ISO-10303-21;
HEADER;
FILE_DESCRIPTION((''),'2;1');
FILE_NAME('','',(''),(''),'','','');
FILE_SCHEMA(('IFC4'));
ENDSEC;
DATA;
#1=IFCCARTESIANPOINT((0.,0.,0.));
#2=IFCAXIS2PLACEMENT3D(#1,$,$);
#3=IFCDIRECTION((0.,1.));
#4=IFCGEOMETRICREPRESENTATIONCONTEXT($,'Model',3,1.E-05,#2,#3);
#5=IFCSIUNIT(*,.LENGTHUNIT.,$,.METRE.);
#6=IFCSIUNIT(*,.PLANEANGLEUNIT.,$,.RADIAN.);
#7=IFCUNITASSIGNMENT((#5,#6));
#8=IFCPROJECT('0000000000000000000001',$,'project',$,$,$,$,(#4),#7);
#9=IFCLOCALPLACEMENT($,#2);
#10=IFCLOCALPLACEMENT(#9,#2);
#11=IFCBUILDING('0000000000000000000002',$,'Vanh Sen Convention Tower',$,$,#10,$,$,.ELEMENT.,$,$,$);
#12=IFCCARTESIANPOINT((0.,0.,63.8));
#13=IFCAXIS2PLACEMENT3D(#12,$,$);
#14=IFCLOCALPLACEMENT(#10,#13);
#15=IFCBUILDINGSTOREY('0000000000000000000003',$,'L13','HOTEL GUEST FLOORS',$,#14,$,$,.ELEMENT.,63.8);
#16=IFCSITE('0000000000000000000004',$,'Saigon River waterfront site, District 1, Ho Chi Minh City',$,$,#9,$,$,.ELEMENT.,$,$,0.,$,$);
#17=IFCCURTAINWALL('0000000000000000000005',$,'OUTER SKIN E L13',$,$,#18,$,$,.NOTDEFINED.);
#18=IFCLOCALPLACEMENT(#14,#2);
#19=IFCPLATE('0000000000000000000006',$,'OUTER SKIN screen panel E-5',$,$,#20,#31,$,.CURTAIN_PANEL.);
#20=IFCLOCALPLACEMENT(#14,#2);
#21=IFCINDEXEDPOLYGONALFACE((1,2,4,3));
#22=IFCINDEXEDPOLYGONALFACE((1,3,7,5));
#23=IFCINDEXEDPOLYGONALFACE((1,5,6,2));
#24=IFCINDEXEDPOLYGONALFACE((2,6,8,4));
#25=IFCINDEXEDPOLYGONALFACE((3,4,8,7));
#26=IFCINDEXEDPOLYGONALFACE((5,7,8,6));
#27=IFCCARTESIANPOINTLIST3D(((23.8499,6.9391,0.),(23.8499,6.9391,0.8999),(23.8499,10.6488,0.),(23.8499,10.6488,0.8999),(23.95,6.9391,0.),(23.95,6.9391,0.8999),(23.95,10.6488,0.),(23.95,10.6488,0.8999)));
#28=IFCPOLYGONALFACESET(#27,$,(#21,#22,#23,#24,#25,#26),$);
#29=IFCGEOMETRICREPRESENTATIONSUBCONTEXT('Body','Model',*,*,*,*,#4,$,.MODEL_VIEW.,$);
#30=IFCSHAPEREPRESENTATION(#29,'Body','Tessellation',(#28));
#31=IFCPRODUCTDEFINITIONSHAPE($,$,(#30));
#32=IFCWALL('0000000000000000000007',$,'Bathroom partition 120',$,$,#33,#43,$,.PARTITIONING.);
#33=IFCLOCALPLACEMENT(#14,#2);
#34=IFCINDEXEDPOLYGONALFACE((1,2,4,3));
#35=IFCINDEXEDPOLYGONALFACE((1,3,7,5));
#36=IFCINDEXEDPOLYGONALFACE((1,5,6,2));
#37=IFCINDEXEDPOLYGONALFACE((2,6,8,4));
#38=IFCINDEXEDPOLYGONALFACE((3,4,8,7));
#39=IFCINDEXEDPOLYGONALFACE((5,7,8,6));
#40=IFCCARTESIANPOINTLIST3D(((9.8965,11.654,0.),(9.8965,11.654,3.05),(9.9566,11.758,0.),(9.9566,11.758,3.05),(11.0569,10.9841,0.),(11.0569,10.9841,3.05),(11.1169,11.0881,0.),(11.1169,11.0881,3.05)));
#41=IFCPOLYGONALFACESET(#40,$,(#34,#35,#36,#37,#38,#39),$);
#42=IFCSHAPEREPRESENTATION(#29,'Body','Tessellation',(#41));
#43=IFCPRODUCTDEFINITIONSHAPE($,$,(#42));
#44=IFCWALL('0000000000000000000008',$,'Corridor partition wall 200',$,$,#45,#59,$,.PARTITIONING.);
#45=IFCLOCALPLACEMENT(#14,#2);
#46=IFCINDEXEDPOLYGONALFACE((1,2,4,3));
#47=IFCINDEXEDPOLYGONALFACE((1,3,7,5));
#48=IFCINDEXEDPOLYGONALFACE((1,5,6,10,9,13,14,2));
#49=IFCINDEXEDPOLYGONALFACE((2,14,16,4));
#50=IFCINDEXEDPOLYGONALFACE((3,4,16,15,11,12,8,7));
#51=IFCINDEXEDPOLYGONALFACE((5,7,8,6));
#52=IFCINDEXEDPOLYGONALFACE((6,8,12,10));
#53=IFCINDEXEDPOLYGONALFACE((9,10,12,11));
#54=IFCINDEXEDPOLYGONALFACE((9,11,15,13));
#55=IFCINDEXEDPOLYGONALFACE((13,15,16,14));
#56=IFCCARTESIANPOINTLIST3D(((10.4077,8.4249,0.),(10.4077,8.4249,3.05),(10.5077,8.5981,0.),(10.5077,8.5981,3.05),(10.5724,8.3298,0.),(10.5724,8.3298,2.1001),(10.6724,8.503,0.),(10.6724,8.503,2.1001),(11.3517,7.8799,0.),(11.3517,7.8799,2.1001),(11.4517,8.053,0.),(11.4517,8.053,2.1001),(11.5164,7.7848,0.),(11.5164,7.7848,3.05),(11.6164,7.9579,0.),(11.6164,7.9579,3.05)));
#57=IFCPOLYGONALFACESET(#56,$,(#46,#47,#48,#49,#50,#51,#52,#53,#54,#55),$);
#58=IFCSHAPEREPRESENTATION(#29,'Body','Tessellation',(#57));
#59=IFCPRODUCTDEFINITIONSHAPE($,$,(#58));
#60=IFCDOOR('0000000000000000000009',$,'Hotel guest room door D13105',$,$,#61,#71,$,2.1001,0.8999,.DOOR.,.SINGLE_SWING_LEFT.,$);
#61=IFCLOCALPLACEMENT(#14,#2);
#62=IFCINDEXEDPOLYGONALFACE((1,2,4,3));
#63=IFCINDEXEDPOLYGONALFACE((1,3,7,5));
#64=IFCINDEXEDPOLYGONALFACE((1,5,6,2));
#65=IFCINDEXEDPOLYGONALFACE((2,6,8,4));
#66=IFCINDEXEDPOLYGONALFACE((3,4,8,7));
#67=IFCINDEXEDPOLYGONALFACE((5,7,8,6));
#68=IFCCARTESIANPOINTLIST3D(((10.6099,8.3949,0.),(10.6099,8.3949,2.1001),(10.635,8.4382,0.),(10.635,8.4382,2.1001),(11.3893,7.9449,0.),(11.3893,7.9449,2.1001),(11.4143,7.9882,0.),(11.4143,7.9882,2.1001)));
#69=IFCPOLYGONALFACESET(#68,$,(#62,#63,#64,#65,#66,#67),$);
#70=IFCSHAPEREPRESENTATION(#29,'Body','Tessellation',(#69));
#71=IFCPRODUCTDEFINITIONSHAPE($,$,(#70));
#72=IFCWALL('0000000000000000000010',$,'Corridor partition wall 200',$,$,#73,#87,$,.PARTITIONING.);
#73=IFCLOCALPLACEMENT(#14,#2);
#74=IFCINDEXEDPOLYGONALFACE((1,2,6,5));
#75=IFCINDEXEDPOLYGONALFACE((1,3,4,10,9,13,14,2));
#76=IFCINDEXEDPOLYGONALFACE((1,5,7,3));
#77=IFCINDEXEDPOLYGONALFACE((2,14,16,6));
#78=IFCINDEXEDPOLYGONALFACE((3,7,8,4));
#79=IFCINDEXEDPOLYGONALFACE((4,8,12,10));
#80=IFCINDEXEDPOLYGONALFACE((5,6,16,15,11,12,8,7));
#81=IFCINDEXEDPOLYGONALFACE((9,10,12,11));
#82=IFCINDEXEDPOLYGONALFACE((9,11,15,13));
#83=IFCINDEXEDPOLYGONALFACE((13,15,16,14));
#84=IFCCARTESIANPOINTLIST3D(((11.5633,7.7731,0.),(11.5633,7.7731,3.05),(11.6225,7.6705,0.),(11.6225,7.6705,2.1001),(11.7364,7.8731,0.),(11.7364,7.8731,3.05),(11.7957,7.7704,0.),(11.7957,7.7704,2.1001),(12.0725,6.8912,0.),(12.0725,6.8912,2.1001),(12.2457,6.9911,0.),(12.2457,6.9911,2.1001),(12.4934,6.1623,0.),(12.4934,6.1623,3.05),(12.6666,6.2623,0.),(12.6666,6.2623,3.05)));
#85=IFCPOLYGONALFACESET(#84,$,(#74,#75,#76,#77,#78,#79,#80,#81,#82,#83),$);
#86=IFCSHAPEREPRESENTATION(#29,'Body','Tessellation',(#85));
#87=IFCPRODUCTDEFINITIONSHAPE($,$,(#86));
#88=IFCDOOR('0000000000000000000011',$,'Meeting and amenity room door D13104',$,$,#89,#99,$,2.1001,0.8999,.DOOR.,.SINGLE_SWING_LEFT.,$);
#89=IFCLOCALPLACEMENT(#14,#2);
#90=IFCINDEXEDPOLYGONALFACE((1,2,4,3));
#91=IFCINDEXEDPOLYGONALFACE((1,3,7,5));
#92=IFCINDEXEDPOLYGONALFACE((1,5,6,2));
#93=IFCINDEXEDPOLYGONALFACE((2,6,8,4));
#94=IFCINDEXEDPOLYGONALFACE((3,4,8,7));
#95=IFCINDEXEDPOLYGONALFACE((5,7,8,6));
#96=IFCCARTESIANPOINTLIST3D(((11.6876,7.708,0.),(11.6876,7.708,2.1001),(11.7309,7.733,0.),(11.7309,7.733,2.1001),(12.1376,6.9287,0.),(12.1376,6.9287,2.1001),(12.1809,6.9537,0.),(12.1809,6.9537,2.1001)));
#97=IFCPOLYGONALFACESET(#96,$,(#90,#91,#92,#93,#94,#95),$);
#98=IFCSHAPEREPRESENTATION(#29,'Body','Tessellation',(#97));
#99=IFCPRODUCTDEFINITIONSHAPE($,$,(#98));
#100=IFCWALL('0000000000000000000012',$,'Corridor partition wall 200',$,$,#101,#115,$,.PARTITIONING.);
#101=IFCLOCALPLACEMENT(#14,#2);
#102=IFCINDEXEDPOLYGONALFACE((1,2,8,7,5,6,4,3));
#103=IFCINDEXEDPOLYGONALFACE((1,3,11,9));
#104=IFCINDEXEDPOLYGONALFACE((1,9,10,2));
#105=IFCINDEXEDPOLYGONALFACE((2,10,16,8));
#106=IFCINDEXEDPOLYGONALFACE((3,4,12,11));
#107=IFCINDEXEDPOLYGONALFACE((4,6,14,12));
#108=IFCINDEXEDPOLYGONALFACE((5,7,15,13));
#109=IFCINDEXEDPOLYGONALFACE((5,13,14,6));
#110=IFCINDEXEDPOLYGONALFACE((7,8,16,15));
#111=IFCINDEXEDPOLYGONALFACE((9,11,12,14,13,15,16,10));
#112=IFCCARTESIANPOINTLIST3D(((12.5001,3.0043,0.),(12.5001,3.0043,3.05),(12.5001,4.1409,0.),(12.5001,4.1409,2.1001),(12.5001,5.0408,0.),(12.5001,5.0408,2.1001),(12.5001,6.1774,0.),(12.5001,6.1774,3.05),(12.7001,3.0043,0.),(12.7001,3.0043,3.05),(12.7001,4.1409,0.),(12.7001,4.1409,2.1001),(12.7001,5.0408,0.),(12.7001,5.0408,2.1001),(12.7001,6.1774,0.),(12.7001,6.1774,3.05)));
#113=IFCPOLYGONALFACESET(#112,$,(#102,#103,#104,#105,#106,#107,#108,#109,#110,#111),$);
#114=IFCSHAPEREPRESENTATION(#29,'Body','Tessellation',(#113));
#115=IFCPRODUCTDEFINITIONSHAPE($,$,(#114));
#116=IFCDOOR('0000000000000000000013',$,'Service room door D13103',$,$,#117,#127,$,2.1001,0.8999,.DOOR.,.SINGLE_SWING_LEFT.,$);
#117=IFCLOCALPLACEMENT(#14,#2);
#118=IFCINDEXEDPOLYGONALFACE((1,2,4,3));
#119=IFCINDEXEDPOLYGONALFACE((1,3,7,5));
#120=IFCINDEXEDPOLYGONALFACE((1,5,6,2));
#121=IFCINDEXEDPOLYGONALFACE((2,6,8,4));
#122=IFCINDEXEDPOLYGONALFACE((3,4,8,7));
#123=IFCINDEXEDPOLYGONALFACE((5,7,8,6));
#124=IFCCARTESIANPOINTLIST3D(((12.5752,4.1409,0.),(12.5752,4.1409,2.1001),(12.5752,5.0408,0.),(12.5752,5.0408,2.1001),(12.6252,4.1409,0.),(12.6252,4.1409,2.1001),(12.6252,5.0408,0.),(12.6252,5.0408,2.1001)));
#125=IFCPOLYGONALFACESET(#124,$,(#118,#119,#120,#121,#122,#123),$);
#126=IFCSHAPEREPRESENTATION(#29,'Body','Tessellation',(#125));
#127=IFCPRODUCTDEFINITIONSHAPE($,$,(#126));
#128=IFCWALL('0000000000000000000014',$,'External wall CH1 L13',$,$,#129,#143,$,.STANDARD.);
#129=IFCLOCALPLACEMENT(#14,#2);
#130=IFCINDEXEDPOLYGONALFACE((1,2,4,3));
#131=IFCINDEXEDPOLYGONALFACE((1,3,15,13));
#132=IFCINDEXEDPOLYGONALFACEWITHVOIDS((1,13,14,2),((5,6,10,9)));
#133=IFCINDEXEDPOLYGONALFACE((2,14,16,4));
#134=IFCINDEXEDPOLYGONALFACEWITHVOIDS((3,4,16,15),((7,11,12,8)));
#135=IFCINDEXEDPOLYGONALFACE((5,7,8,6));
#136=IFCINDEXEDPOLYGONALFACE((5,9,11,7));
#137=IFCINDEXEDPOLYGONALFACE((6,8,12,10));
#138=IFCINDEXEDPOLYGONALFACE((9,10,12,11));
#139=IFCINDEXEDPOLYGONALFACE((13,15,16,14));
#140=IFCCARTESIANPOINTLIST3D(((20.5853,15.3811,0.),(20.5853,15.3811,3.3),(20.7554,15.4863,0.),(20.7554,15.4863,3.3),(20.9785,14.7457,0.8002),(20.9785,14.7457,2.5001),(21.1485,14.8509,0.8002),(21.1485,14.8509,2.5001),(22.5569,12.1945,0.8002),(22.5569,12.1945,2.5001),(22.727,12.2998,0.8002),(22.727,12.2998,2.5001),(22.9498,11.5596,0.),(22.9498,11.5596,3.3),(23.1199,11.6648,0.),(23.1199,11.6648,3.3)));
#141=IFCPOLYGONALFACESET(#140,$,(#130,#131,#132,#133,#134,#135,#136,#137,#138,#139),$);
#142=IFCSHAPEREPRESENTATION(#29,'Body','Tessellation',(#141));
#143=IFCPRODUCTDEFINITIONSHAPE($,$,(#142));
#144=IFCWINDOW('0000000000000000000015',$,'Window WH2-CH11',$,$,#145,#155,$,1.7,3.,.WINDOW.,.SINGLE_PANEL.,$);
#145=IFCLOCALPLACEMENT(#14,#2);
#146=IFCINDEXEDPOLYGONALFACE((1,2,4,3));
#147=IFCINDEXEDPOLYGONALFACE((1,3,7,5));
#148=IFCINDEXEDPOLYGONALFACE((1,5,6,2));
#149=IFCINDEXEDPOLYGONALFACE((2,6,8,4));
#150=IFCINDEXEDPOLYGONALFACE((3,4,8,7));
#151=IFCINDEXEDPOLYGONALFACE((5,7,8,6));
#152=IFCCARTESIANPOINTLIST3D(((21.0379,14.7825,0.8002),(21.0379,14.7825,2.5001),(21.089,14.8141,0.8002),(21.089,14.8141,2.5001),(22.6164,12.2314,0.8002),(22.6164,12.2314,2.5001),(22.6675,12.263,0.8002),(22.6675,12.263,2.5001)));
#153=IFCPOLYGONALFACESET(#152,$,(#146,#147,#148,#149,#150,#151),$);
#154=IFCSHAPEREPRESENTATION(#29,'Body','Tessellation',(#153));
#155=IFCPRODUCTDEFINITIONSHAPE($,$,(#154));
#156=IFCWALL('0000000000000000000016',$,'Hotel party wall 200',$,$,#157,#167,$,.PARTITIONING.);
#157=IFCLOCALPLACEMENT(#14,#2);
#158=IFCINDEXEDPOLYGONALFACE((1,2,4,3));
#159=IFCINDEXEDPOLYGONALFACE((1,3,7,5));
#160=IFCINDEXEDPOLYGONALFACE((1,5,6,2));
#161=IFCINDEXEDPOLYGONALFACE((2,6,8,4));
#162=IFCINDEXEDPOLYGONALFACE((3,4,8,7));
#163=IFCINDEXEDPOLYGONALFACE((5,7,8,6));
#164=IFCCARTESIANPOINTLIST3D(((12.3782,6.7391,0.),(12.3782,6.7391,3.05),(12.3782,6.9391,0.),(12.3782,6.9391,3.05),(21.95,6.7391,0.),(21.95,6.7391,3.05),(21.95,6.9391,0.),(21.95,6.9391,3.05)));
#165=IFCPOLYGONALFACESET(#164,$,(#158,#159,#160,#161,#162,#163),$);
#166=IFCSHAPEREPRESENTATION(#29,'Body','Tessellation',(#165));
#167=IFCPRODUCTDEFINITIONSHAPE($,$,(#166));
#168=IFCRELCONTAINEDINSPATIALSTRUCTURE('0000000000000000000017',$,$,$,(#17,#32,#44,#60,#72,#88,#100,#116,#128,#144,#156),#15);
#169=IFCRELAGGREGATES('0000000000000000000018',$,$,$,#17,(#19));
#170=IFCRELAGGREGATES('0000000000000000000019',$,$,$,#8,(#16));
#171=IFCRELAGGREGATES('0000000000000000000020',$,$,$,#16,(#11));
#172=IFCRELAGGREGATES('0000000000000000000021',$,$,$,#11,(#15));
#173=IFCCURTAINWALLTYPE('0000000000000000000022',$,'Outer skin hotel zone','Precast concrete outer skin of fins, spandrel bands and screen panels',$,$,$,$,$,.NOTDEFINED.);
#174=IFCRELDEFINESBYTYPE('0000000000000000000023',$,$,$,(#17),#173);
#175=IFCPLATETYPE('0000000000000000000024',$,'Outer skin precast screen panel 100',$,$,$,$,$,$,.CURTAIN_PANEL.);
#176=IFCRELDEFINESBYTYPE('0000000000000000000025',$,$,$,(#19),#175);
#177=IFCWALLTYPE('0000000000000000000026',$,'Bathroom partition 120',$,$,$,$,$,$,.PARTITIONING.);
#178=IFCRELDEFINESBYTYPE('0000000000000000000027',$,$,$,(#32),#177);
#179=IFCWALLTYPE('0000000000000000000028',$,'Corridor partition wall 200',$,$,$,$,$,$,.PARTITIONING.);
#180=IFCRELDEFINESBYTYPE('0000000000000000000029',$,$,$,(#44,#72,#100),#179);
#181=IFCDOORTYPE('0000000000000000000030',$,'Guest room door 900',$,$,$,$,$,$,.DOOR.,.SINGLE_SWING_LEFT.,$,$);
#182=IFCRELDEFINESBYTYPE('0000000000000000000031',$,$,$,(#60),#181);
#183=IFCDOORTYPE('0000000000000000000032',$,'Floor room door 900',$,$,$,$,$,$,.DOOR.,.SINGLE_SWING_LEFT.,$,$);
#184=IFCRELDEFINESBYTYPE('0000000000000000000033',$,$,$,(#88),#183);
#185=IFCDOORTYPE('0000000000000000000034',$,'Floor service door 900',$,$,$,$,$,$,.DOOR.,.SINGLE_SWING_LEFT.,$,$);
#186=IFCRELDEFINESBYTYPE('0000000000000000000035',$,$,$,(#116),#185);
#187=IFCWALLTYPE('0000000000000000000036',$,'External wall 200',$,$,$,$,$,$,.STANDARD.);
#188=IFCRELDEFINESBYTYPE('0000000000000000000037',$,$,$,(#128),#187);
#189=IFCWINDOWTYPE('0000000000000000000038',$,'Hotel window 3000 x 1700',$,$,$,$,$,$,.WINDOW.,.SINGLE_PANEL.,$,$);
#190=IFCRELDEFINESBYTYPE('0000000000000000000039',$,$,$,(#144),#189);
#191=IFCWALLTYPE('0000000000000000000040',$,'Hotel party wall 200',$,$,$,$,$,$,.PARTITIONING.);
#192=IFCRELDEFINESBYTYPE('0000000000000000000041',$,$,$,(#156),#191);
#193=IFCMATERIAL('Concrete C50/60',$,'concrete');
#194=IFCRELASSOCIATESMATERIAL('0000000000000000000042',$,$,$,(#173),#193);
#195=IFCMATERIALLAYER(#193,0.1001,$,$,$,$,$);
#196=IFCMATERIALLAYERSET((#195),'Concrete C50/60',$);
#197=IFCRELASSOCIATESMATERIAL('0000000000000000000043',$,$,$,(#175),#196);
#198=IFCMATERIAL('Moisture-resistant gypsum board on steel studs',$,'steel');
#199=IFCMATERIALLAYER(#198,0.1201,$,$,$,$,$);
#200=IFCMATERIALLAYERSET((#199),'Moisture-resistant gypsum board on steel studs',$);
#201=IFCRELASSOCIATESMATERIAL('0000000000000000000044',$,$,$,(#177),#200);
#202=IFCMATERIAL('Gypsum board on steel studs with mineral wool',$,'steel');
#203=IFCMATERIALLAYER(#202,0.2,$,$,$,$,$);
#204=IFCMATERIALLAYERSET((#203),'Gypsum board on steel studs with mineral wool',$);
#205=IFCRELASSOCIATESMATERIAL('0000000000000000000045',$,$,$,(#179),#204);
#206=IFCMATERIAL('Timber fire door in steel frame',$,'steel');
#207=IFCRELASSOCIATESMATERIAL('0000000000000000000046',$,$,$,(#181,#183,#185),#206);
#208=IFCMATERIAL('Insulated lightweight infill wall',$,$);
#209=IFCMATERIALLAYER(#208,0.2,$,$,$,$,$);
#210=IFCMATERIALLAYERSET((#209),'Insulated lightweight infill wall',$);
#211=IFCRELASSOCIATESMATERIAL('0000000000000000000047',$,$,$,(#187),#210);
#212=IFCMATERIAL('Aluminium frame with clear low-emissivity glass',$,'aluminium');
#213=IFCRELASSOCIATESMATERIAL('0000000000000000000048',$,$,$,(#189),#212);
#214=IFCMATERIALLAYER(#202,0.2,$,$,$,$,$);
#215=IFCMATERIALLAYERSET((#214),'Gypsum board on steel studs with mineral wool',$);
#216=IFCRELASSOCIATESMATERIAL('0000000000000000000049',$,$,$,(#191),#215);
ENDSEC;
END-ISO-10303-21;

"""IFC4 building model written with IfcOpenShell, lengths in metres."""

from ifc_helpers import new_model, si_unit, direction, frame, frame_2d, origin, origin_2d, place, context, subcontext, project, spatial, rectangle, extrude, material, layer, layer_set, type_object, element, fill, aggregate, save


model = new_model("IFC4")

# Units and contexts
model_context = context("Model", 3, precision=1e-05, world=origin(), true_north=direction((0.0, 1.0)))
body_context = subcontext(model_context, "Body", "Model", "MODEL_VIEW")
ifc_project = project(units=[si_unit("LENGTHUNIT", "METRE"), si_unit("PLANEANGLEUNIT", "RADIAN")], contexts=[model_context])

# Site, building, storey
site_placement = place(None, origin())
site = spatial("IfcSite", under=ifc_project, at=site_placement, Name="Saigon River waterfront site, District 1, Ho Chi Minh City", CompositionType="ELEMENT", RefElevation=0.0)
building_placement = place(site_placement, origin())
building = spatial("IfcBuilding", under=site, at=building_placement, Name="Vanh Sen Convention Tower", CompositionType="ELEMENT")
storey_placement = place(building_placement, frame((0.0, 0.0, 63.8)))
storey = spatial("IfcBuildingStorey", under=building, at=storey_placement, Name="L13", Description="HOTEL GUEST FLOORS", CompositionType="ELEMENT", Elevation=63.8)

# Curtain wall
ifc_material_1 = material(Name="Concrete C50/60", Category="concrete")
curtain_wall_type = type_object("IfcCurtainWallType", Name="Outer skin hotel zone", Description="Precast concrete outer skin of fins, spandrel bands and screen panels", PredefinedType="NOTDEFINED", material=ifc_material_1)
curtain_wall_1_placement = place(storey_placement, origin())
curtain_wall_1 = element("IfcCurtainWall", 1, at=curtain_wall_1_placement, inside=storey, type_object=curtain_wall_type, Name="OUTER SKIN E L13", PredefinedType="NOTDEFINED")

# Plate
ifc_layer_1 = layer(ifc_material_1, 0.1001)
ifc_layer_set_1 = layer_set([ifc_layer_1], Name="Concrete C50/60")
plate_type = type_object("IfcPlateType", Name="Outer skin precast screen panel 100", PredefinedType="CURTAIN_PANEL", material=ifc_layer_set_1)
plate_1_placement = place(storey_placement, frame((23.8999, 8.7939, 0.0), z_axis=(0.0, 0.0, 1.0), x_axis=(0.0, 1.0, 0.0)))
plate_1 = element("IfcPlate", 2, at=plate_1_placement, type_object=plate_type, Name="OUTER SKIN screen panel E-5", PredefinedType="CURTAIN_PANEL", context=body_context, shape_type="SweptSolid", body=[
    extrude(rectangle(XDim=3.7097, YDim=0.1001, at=origin_2d()), origin(), (0.0, 0.0, 1.0), 0.8999),
])
aggregate(curtain_wall_1, [plate_1])

# Wall
ifc_material_2 = material(Name="Moisture-resistant gypsum board on steel studs", Category="steel")
ifc_layer_2 = layer(ifc_material_2, 0.1201)
ifc_layer_set_2 = layer_set([ifc_layer_2], Name="Moisture-resistant gypsum board on steel studs")
wall_type_1 = type_object("IfcWallType", Name="Bathroom partition 120", PredefinedType="PARTITIONING", material=ifc_layer_set_2)
wall_1_placement = place(storey_placement, frame((11.0869, 11.0361, 0.0), z_axis=(0.0, 0.0, 1.0), x_axis=(-0.866037, 0.49998, 0.0)))
element("IfcWall", 3, at=wall_1_placement, inside=storey, type_object=wall_type_1, Name="Bathroom partition 120", PredefinedType="PARTITIONING", context=body_context, shape_type="SweptSolid", body=[
    extrude(rectangle(XDim=1.3398, YDim=0.1201, at=frame_2d((0.6699, 0.0))), origin(), (0.0, 0.0, 1.0), 3.05),
])

# Walls, openings, doors
ifc_material_3 = material(Name="Gypsum board on steel studs with mineral wool", Category="steel")
ifc_layer_3 = layer(ifc_material_3, 0.2)
ifc_layer_set_3 = layer_set([ifc_layer_3], Name="Gypsum board on steel studs with mineral wool")
wall_type_2 = type_object("IfcWallType", Name="Corridor partition wall 200", PredefinedType="PARTITIONING", material=ifc_layer_set_3)
wall_2_placement = place(storey_placement, frame((11.5664, 7.8713, 0.0), z_axis=(0.0, 0.0, 1.0), x_axis=(-0.866005, 0.500036, 0.0)))
wall_2 = element("IfcWall", 4, at=wall_2_placement, inside=storey, type_object=wall_type_2, Name="Corridor partition wall 200", PredefinedType="PARTITIONING", context=body_context, shape_type="SweptSolid", body=[
    extrude(rectangle(XDim=1.2803, YDim=0.2, at=frame_2d((0.6401, 0.0))), origin(), (0.0, 0.0, 1.0), 3.05),
])
opening_1_placement = place(wall_2_placement, frame((0.1902, 0.0, 0.0)))
opening_1 = element("IfcOpeningElement", 5, at=opening_1_placement, cuts=wall_2, PredefinedType="OPENING", context=body_context, shape_type="SweptSolid", body=[
    extrude(rectangle(XDim=0.8999, YDim=2.1001, at=frame_2d((0.45, 1.05))), frame((0.0, 0.1099, 0.0), z_axis=(0.0, -1.0, 0.0), x_axis=(1.0, 0.0, 0.0)), (0.0, 0.0, 1.0), 0.22),
])
ifc_material_4 = material(Name="Timber fire door in steel frame", Category="steel")
door_type_1 = type_object("IfcDoorType", Name="Guest room door 900", OperationType="SINGLE_SWING_LEFT", PredefinedType="DOOR", material=ifc_material_4)
door_1_placement = place(opening_1_placement, origin())
door_1 = element("IfcDoor", 6, at=door_1_placement, inside=storey, type_object=door_type_1, Name="Hotel guest room door D13105", OperationType="SINGLE_SWING_LEFT", OverallHeight=2.1001, OverallWidth=0.8999, PredefinedType="DOOR", context=body_context, shape_type="SweptSolid", body=[
    extrude(rectangle(XDim=0.8999, YDim=2.1001, at=frame_2d((0.45, 1.05))), frame((0.0, 0.0249, 0.0), z_axis=(0.0, -1.0, 0.0), x_axis=(1.0, 0.0, 0.0)), (0.0, 0.0, 1.0), 0.05),
])
fill(opening_1, door_1)
wall_3_placement = place(storey_placement, frame((12.5801, 6.2122, 0.0), z_axis=(0.0, 0.0, 1.0), x_axis=(-0.500063, 0.865989, 0.0)))
wall_3 = element("IfcWall", 7, at=wall_3_placement, inside=storey, type_object=wall_type_2, Name="Corridor partition wall 200", PredefinedType="PARTITIONING", context=body_context, shape_type="SweptSolid", body=[
    extrude(rectangle(XDim=1.8601, YDim=0.2, at=frame_2d((0.9302, 0.0))), origin(), (0.0, 0.0, 1.0), 3.05),
])
opening_2_placement = place(wall_3_placement, frame((0.8418, 0.0, 0.0)))
opening_2 = element("IfcOpeningElement", 8, at=opening_2_placement, cuts=wall_3, PredefinedType="OPENING", context=body_context, shape_type="SweptSolid", body=[
    extrude(rectangle(XDim=0.8999, YDim=2.1001, at=frame_2d((0.45, 1.05))), frame((0.0, 0.1099, 0.0), z_axis=(0.0, -1.0, 0.0), x_axis=(1.0, 0.0, 0.0)), (0.0, 0.0, 1.0), 0.22),
])
door_type_2 = type_object("IfcDoorType", Name="Floor room door 900", OperationType="SINGLE_SWING_LEFT", PredefinedType="DOOR", material=ifc_material_4)
door_2_placement = place(opening_2_placement, origin())
door_2 = element("IfcDoor", 9, at=door_2_placement, inside=storey, type_object=door_type_2, Name="Meeting and amenity room door D13104", OperationType="SINGLE_SWING_LEFT", OverallHeight=2.1001, OverallWidth=0.8999, PredefinedType="DOOR", context=body_context, shape_type="SweptSolid", body=[
    extrude(rectangle(XDim=0.8999, YDim=2.1001, at=frame_2d((0.45, 1.05))), frame((0.0, 0.0249, 0.0), z_axis=(0.0, -1.0, 0.0), x_axis=(1.0, 0.0, 0.0)), (0.0, 0.0, 1.0), 0.05),
])
fill(opening_2, door_2)
wall_4_placement = place(storey_placement, frame((12.6001, 3.0044, 0.0), z_axis=(0.0, 0.0, 1.0), x_axis=(0.0, 1.0, 0.0)))
wall_4 = element("IfcWall", 10, at=wall_4_placement, inside=storey, type_object=wall_type_2, Name="Corridor partition wall 200", PredefinedType="PARTITIONING", context=body_context, shape_type="SweptSolid", body=[
    extrude(rectangle(XDim=3.1731, YDim=0.2, at=frame_2d((1.5864, 0.0))), origin(), (0.0, 0.0, 1.0), 3.05),
])
opening_3_placement = place(wall_4_placement, frame((1.1365, 0.0, 0.0)))
opening_3 = element("IfcOpeningElement", 11, at=opening_3_placement, cuts=wall_4, PredefinedType="OPENING", context=body_context, shape_type="SweptSolid", body=[
    extrude(rectangle(XDim=0.8999, YDim=2.1001, at=frame_2d((0.45, 1.05))), frame((0.0, 0.1099, 0.0), z_axis=(0.0, -1.0, 0.0), x_axis=(1.0, 0.0, 0.0)), (0.0, 0.0, 1.0), 0.22),
])
door_type_3 = type_object("IfcDoorType", Name="Floor service door 900", OperationType="SINGLE_SWING_LEFT", PredefinedType="DOOR", material=ifc_material_4)
door_3_placement = place(opening_3_placement, origin())
door_3 = element("IfcDoor", 12, at=door_3_placement, inside=storey, type_object=door_type_3, Name="Service room door D13103", OperationType="SINGLE_SWING_LEFT", OverallHeight=2.1001, OverallWidth=0.8999, PredefinedType="DOOR", context=body_context, shape_type="SweptSolid", body=[
    extrude(rectangle(XDim=0.8999, YDim=2.1001, at=frame_2d((0.45, 1.05))), frame((0.0, 0.0249, 0.0), z_axis=(0.0, -1.0, 0.0), x_axis=(1.0, 0.0, 0.0)), (0.0, 0.0, 1.0), 0.05),
])
fill(opening_3, door_3)

# Wall, opening, window
ifc_material_5 = material(Name="Insulated lightweight infill wall")
ifc_layer_4 = layer(ifc_material_5, 0.2)
ifc_layer_set_4 = layer_set([ifc_layer_4], Name="Insulated lightweight infill wall")
wall_type_3 = type_object("IfcWallType", Name="External wall 200", PredefinedType="STANDARD", material=ifc_layer_set_4)
wall_5_placement = place(storey_placement, frame((23.0349, 11.6121, 0.0), z_axis=(0.0, 0.0, 1.0), x_axis=(-0.52616, 0.850386, 0.0)))
wall_5 = element("IfcWall", 13, at=wall_5_placement, inside=storey, type_object=wall_type_3, Name="External wall CH1 L13", PredefinedType="STANDARD", context=body_context, shape_type="SweptSolid", body=[
    extrude(rectangle(XDim=4.4939, YDim=0.2, at=frame_2d((2.2471, 0.0))), origin(), (0.0, 0.0, 1.0), 3.3),
])
opening_4_placement = place(wall_5_placement, frame((0.7468, 0.0, 0.8)))
opening_4 = element("IfcOpeningElement", 14, at=opening_4_placement, cuts=wall_5, PredefinedType="OPENING", context=body_context, shape_type="SweptSolid", body=[
    extrude(rectangle(XDim=3.0, YDim=1.7, at=frame_2d((1.5, 0.8501))), frame((0.0, 0.1099, 0.0), z_axis=(0.0, -1.0, 0.0), x_axis=(1.0, 0.0, 0.0)), (0.0, 0.0, 1.0), 0.22),
])
ifc_material_6 = material(Name="Aluminium frame with clear low-emissivity glass", Category="aluminium")
window_type = type_object("IfcWindowType", Name="Hotel window 3000 x 1700", PartitioningType="SINGLE_PANEL", PredefinedType="WINDOW", material=ifc_material_6)
window_placement = place(opening_4_placement, origin())
window = element("IfcWindow", 15, at=window_placement, inside=storey, type_object=window_type, Name="Window WH2-CH11", OverallHeight=1.7, OverallWidth=3.0, PartitioningType="SINGLE_PANEL", PredefinedType="WINDOW", context=body_context, shape_type="SweptSolid", body=[
    extrude(rectangle(XDim=3.0, YDim=1.7, at=frame_2d((1.5, 0.8501))), frame((0.0, 0.03, 0.0), z_axis=(0.0, -1.0, 0.0), x_axis=(1.0, 0.0, 0.0)), (0.0, 0.0, 1.0), 0.0601),
])
fill(opening_4, window)

# Wall
ifc_layer_5 = layer(ifc_material_3, 0.2)
ifc_layer_set_5 = layer_set([ifc_layer_5], Name="Gypsum board on steel studs with mineral wool")
wall_type_4 = type_object("IfcWallType", Name="Hotel party wall 200", PredefinedType="PARTITIONING", material=ifc_layer_set_5)
wall_6_placement = place(storey_placement, frame((21.95, 6.8391, 0.0), z_axis=(0.0, 0.0, 1.0), x_axis=(-1.0, 0.0, 0.0)))
element("IfcWall", 16, at=wall_6_placement, inside=storey, type_object=wall_type_4, Name="Hotel party wall 200", PredefinedType="PARTITIONING", context=body_context, shape_type="SweptSolid", body=[
    extrude(rectangle(XDim=9.5718, YDim=0.2, at=frame_2d((4.7859, 0.0))), origin(), (0.0, 0.0, 1.0), 3.05),
])

save(model, "model.ifc")
